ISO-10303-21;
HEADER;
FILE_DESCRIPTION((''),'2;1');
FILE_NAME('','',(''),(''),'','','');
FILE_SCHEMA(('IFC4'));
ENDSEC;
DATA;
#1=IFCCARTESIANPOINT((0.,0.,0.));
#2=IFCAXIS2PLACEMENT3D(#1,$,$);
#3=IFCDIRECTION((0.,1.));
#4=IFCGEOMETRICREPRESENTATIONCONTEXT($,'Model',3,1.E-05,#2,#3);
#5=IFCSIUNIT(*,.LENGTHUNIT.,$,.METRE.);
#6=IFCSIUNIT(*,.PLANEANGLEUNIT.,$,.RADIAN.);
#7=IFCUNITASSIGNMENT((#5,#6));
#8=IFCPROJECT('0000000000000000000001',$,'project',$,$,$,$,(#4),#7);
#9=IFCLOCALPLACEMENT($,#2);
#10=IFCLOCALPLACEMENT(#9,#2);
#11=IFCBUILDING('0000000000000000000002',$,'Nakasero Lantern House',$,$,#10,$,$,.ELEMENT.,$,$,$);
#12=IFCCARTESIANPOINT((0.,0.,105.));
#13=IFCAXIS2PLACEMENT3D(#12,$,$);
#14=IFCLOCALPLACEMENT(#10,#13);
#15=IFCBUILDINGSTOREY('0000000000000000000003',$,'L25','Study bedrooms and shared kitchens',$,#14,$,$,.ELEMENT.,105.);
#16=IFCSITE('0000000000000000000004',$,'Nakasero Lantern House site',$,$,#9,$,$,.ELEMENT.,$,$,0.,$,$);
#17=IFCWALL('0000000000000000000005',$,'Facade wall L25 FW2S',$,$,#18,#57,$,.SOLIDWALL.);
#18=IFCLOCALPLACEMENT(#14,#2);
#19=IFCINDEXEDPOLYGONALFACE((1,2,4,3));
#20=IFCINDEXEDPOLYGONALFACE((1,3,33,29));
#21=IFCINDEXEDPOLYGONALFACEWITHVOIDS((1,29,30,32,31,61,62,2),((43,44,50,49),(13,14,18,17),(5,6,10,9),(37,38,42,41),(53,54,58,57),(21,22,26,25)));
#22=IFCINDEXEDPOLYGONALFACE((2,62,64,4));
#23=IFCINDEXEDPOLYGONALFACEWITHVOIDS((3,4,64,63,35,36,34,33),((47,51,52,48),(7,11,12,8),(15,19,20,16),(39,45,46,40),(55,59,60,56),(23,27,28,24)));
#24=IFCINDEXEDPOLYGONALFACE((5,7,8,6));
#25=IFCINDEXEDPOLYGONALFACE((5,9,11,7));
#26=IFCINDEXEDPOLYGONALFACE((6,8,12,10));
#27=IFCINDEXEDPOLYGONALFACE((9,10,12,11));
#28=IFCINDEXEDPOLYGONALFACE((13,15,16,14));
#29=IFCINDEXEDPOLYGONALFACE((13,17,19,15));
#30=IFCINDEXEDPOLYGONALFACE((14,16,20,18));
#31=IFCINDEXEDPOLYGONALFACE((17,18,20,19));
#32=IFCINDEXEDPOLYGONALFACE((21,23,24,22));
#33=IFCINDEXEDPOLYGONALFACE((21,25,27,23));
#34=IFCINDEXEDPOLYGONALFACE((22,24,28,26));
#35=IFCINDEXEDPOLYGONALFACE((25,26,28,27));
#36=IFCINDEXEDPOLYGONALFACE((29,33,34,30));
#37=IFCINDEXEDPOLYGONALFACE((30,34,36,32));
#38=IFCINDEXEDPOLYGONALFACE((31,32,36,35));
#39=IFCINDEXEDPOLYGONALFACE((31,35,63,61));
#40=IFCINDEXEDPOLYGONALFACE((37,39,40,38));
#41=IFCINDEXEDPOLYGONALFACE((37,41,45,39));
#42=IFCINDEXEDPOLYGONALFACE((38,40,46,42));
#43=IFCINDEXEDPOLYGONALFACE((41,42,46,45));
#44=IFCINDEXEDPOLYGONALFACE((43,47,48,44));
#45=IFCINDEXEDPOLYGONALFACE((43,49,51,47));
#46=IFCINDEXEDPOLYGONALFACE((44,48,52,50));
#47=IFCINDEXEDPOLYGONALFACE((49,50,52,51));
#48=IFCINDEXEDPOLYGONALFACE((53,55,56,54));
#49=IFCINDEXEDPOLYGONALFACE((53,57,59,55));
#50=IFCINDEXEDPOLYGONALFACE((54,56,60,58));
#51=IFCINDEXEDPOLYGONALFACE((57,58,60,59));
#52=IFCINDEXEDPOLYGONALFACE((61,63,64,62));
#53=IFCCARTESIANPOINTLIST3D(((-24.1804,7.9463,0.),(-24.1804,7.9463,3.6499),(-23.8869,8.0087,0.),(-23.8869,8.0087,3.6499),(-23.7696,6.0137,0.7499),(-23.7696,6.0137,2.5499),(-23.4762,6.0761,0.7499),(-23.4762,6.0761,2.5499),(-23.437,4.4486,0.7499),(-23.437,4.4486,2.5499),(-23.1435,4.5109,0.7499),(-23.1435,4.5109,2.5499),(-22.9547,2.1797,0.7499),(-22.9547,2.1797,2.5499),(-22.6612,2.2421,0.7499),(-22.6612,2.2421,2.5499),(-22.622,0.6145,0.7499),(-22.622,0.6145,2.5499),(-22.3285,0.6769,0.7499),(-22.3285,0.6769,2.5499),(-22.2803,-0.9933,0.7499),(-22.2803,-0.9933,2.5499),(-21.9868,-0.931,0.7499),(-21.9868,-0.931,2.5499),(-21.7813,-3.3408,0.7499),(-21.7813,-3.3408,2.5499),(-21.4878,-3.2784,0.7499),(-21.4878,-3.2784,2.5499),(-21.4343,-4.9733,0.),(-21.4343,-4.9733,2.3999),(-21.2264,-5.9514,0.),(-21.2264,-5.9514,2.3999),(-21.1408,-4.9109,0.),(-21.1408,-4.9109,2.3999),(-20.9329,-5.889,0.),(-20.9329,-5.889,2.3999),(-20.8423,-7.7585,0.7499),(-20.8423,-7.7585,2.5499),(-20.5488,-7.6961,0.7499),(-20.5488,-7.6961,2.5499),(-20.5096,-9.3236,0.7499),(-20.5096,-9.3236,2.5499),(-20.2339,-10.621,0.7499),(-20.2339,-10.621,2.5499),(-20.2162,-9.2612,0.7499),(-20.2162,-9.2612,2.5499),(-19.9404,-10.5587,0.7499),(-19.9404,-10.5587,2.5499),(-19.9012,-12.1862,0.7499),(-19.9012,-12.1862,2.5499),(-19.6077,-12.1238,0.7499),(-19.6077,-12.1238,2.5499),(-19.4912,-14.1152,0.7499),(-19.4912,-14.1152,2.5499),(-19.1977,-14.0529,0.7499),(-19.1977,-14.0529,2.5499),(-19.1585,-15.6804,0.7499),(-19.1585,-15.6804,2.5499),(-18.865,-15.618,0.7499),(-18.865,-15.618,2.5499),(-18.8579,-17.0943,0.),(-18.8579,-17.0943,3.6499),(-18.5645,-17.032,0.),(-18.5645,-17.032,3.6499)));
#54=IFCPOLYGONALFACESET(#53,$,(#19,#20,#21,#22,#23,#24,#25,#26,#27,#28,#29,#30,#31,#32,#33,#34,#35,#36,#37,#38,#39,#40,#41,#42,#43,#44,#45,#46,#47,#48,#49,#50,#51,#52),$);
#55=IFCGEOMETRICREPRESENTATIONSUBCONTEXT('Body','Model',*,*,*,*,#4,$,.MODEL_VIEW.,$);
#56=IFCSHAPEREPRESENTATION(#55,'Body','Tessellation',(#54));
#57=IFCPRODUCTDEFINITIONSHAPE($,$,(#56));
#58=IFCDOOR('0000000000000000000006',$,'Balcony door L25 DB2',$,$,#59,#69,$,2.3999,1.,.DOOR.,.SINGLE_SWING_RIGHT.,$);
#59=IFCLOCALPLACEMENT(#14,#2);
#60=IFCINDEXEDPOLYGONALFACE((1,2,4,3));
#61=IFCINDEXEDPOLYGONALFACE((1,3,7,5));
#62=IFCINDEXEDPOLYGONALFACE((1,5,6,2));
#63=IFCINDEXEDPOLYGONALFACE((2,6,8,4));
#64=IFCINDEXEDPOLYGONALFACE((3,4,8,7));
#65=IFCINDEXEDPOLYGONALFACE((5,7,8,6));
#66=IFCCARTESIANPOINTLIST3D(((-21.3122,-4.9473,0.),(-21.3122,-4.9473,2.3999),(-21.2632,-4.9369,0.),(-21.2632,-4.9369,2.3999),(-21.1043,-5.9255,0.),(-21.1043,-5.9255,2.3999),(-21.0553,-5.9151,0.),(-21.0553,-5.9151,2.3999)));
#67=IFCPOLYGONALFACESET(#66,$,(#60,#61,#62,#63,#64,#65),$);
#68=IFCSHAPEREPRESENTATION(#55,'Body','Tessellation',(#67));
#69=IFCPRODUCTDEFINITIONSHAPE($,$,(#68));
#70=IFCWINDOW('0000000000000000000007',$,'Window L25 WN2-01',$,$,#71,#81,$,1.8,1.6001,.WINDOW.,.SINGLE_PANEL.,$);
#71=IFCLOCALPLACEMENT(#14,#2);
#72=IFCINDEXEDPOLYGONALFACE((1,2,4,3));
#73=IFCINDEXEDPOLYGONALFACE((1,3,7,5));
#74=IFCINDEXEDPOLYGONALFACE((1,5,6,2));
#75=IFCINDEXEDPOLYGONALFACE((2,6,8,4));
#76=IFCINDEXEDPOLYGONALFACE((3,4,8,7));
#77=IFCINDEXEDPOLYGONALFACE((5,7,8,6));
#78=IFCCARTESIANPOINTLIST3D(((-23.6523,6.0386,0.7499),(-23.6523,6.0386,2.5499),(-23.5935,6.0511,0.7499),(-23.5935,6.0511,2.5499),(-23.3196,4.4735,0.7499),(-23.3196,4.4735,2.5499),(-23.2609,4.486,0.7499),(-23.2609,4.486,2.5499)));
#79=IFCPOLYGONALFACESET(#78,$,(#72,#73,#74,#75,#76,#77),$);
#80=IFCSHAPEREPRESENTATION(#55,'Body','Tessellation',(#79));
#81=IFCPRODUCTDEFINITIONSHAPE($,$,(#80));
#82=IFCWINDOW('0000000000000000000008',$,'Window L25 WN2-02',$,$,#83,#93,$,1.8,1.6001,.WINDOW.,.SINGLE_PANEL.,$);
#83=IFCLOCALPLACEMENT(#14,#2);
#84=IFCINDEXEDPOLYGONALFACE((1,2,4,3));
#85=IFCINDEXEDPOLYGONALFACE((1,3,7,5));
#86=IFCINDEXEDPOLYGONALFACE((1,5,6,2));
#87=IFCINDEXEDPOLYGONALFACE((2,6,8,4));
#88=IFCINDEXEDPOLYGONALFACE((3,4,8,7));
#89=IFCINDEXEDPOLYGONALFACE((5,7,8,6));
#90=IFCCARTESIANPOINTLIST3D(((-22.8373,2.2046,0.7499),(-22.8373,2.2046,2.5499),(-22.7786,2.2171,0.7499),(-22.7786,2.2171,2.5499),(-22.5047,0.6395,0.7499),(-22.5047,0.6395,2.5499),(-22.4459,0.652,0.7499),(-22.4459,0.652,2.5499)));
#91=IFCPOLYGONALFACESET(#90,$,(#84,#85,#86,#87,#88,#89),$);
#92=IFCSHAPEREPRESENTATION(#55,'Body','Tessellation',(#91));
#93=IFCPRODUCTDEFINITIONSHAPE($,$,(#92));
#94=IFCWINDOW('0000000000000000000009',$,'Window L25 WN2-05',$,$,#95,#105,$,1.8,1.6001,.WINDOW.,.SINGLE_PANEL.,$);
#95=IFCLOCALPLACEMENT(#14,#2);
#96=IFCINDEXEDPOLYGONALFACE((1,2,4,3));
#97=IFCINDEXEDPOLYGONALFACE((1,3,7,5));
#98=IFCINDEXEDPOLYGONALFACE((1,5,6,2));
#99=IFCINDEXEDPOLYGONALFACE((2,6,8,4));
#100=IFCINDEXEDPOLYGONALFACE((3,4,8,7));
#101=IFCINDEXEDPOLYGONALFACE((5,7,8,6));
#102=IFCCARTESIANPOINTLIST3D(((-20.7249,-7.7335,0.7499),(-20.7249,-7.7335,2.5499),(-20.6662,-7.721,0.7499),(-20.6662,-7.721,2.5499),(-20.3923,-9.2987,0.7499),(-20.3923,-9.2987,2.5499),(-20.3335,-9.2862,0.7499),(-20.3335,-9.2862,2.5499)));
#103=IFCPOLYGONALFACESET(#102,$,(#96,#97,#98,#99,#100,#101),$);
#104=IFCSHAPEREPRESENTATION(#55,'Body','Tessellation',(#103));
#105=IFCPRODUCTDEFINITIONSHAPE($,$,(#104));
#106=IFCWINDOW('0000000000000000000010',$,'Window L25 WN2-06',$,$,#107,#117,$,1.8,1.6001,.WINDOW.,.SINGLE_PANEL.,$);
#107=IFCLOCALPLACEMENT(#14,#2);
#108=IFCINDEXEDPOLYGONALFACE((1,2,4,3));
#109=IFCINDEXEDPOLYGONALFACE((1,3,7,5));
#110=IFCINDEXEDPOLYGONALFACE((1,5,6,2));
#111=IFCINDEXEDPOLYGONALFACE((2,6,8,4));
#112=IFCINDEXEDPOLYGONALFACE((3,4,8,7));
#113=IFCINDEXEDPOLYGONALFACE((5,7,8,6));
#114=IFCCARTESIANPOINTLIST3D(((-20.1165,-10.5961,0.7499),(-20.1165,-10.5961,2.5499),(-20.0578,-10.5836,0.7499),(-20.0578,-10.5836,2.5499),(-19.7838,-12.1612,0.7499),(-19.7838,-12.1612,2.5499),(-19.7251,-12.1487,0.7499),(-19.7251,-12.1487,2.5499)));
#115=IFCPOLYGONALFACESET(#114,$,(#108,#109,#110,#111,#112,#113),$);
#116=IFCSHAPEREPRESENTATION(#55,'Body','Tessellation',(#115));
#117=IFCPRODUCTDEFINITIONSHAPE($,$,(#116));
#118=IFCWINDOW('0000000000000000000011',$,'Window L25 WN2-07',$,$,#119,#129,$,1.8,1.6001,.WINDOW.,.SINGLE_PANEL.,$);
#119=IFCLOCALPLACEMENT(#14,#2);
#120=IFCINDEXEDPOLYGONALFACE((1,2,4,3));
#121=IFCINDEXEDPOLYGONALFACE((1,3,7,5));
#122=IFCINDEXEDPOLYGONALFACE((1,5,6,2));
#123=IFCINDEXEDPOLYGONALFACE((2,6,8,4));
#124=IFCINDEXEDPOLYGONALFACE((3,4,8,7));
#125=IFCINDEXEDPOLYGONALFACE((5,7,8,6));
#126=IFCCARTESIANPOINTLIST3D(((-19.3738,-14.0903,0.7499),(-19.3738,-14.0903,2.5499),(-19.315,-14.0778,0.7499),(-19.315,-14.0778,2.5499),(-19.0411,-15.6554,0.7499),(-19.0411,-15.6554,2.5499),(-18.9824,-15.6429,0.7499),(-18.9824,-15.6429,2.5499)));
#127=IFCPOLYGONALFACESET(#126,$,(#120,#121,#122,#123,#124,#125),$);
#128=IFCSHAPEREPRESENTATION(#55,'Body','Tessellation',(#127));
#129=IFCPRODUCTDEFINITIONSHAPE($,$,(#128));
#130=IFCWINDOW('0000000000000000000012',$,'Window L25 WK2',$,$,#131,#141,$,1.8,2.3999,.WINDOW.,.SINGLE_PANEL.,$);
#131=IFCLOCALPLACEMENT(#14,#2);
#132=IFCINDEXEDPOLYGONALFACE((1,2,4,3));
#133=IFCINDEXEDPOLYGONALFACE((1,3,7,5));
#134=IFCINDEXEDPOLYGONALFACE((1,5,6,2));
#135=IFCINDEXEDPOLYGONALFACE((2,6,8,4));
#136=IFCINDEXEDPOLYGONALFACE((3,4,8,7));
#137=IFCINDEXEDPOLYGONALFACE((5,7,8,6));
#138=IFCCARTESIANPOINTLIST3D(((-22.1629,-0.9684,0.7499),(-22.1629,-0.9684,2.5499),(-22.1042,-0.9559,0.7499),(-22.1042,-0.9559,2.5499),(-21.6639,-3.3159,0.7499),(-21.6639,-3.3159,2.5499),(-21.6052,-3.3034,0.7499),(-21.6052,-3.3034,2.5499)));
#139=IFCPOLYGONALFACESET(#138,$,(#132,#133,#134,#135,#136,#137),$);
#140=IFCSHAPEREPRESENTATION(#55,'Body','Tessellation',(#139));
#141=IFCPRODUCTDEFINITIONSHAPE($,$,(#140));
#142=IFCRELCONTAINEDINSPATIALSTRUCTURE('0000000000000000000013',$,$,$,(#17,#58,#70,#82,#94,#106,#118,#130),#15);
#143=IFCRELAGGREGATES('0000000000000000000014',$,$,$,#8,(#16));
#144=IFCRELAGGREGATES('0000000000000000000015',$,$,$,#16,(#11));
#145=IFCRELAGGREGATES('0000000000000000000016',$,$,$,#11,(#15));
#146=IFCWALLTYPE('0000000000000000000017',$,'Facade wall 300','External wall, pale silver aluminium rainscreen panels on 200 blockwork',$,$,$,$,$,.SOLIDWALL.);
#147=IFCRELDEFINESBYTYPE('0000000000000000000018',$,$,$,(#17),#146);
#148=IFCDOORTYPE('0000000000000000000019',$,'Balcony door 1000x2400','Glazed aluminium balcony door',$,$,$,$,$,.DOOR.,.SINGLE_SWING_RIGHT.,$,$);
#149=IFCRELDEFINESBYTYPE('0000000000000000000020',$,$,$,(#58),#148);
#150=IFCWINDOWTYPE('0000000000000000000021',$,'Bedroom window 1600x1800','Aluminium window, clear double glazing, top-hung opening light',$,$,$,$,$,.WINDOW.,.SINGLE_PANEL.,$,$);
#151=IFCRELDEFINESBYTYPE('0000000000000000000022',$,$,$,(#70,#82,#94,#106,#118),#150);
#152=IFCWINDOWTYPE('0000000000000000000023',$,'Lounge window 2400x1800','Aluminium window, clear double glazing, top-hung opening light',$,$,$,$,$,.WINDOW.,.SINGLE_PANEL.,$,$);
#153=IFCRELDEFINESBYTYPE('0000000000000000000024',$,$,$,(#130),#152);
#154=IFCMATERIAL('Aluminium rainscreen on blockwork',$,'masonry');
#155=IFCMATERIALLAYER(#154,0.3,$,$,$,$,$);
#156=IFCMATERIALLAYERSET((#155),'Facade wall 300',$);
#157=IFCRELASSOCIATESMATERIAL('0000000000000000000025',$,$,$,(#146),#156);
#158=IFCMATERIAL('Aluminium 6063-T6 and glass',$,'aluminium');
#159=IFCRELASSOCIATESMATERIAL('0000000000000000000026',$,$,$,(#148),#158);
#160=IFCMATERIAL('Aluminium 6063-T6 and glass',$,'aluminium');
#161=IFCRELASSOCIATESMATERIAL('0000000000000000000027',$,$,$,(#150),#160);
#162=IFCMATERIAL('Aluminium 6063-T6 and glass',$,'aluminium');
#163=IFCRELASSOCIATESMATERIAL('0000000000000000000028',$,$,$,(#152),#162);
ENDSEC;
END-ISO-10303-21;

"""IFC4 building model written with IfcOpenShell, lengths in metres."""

from ifc_helpers import new_model, si_unit, direction, frame, frame_2d, origin, place, context, subcontext, project, spatial, rectangle, extrude, material, layer, layer_set, type_object, element, fill, save


model = new_model("IFC4")

# Units and contexts
model_context = context("Model", 3, precision=1e-05, world=origin(), true_north=direction((0.0, 1.0)))
body_context = subcontext(model_context, "Body", "Model", "MODEL_VIEW")
ifc_project = project(units=[si_unit("LENGTHUNIT", "METRE"), si_unit("PLANEANGLEUNIT", "RADIAN")], contexts=[model_context])

# Site, building, storey
site_placement = place(None, origin())
site = spatial("IfcSite", under=ifc_project, at=site_placement, Name="Nakasero Lantern House site", CompositionType="ELEMENT", RefElevation=0.0)
building_placement = place(site_placement, origin())
building = spatial("IfcBuilding", under=site, at=building_placement, Name="Nakasero Lantern House", CompositionType="ELEMENT")
storey_placement = place(building_placement, frame((0.0, 0.0, 105.0)))
storey = spatial("IfcBuildingStorey", under=building, at=storey_placement, Name="L25", Description="Study bedrooms and shared kitchens", CompositionType="ELEMENT", Elevation=105.0)

# Wall, openings, door, windows
ifc_material_1 = material(Name="Aluminium rainscreen on blockwork", Category="masonry")
ifc_layer_1 = layer(ifc_material_1, 0.3)
ifc_layer_set_1 = layer_set([ifc_layer_1], Name="Facade wall 300")
wall_type_1 = type_object("IfcWallType", Name="Facade wall 300", Description="External wall, pale silver aluminium rainscreen panels on 200 blockwork", PredefinedType="SOLIDWALL", material=ifc_layer_set_1)
wall_1_placement = place(storey_placement, frame((-24.0337, 7.9775, 0.0), z_axis=(0.0, 0.0, 1.0), x_axis=(0.207909, -0.978148, 0.0)))
wall_1 = element("IfcWall", 1, at=wall_1_placement, inside=storey, type_object=wall_type_1, Name="Facade wall L25 FW2S", PredefinedType="SOLIDWALL", context=body_context, shape_type="SweptSolid", body=[
    extrude(rectangle(XDim=25.6001, YDim=0.3, at=frame_2d((12.8, 0.0))), origin(), (0.0, 0.0, 1.0), 3.6499),
])
opening_1_placement = place(wall_1_placement, frame((1.9758, 0.0, 0.75)))
opening_1 = element("IfcOpeningElement", 2, at=opening_1_placement, cuts=wall_1, PredefinedType="OPENING", context=body_context, shape_type="SweptSolid", body=[
    extrude(rectangle(XDim=1.6001, YDim=1.8, at=frame_2d((0.8, 0.8999))), frame((0.0, 0.1699, 0.0), z_axis=(0.0, -1.0, 0.0), x_axis=(1.0, 0.0, 0.0)), (0.0, 0.0, 1.0), 0.3401),
])
opening_2_placement = place(wall_1_placement, frame((5.8955, 0.0, 0.75)))
opening_2 = element("IfcOpeningElement", 3, at=opening_2_placement, cuts=wall_1, PredefinedType="OPENING", context=body_context, shape_type="SweptSolid", body=[
    extrude(rectangle(XDim=1.6001, YDim=1.8, at=frame_2d((0.8, 0.8999))), frame((0.0, 0.1699, 0.0), z_axis=(0.0, -1.0, 0.0), x_axis=(1.0, 0.0, 0.0)), (0.0, 0.0, 1.0), 0.3401),
])
opening_3_placement = place(wall_1_placement, frame((16.0557, 0.0, 0.75)))
opening_3 = element("IfcOpeningElement", 4, at=opening_3_placement, cuts=wall_1, PredefinedType="OPENING", context=body_context, shape_type="SweptSolid", body=[
    extrude(rectangle(XDim=1.6001, YDim=1.8, at=frame_2d((0.8, 0.8999))), frame((0.0, 0.1699, 0.0), z_axis=(0.0, -1.0, 0.0), x_axis=(1.0, 0.0, 0.0)), (0.0, 0.0, 1.0), 0.3401),
])
opening_4_placement = place(wall_1_placement, frame((18.9822, 0.0, 0.75)))
opening_4 = element("IfcOpeningElement", 5, at=opening_4_placement, cuts=wall_1, PredefinedType="OPENING", context=body_context, shape_type="SweptSolid", body=[
    extrude(rectangle(XDim=1.6001, YDim=1.8, at=frame_2d((0.8, 0.8999))), frame((0.0, 0.1699, 0.0), z_axis=(0.0, -1.0, 0.0), x_axis=(1.0, 0.0, 0.0)), (0.0, 0.0, 1.0), 0.3401),
])
opening_5_placement = place(wall_1_placement, frame((22.5544, 0.0, 0.75)))
opening_5 = element("IfcOpeningElement", 6, at=opening_5_placement, cuts=wall_1, PredefinedType="OPENING", context=body_context, shape_type="SweptSolid", body=[
    extrude(rectangle(XDim=1.6001, YDim=1.8, at=frame_2d((0.8, 0.8999))), frame((0.0, 0.1699, 0.0), z_axis=(0.0, -1.0, 0.0), x_axis=(1.0, 0.0, 0.0)), (0.0, 0.0, 1.0), 0.3401),
])
opening_6_placement = place(wall_1_placement, frame((9.1394, 0.0, 0.75)))
opening_6 = element("IfcOpeningElement", 7, at=opening_6_placement, cuts=wall_1, PredefinedType="OPENING", context=body_context, shape_type="SweptSolid", body=[
    extrude(rectangle(XDim=2.3999, YDim=1.8, at=frame_2d((1.2, 0.8999))), frame((0.0, 0.1699, 0.0), z_axis=(0.0, -1.0, 0.0), x_axis=(1.0, 0.0, 0.0)), (0.0, 0.0, 1.0), 0.3401),
])
opening_7_placement = place(wall_1_placement, frame((13.2083, 0.0, 0.0)))
opening_7 = element("IfcOpeningElement", 8, at=opening_7_placement, cuts=wall_1, PredefinedType="OPENING", context=body_context, shape_type="SweptSolid", body=[
    extrude(rectangle(XDim=1.0, YDim=2.3999, at=frame_2d((0.5, 1.2))), frame((0.0, 0.1699, 0.0), z_axis=(0.0, -1.0, 0.0), x_axis=(1.0, 0.0, 0.0)), (0.0, 0.0, 1.0), 0.3401),
])
ifc_material_2 = material(Name="Aluminium 6063-T6 and glass", Category="aluminium")
door_type_1 = type_object("IfcDoorType", Name="Balcony door 1000x2400", Description="Glazed aluminium balcony door", OperationType="SINGLE_SWING_RIGHT", PredefinedType="DOOR", material=ifc_material_2)
door_1_placement = place(opening_7_placement, origin())
door_1 = element("IfcDoor", 9, at=door_1_placement, inside=storey, type_object=door_type_1, Name="Balcony door L25 DB2", OperationType="SINGLE_SWING_RIGHT", OverallHeight=2.3999, OverallWidth=1.0, PredefinedType="DOOR", context=body_context, shape_type="SweptSolid", body=[
    extrude(rectangle(XDim=1.0, YDim=2.3999, at=frame_2d((0.5, 1.2))), frame((0.0, 0.0249, 0.0), z_axis=(0.0, -1.0, 0.0), x_axis=(1.0, 0.0, 0.0)), (0.0, 0.0, 1.0), 0.05),
])
fill(opening_7, door_1)
ifc_material_3 = material(Name="Aluminium 6063-T6 and glass", Category="aluminium")
window_type_1 = type_object("IfcWindowType", Name="Bedroom window 1600x1800", Description="Aluminium window, clear double glazing, top-hung opening light", PartitioningType="SINGLE_PANEL", PredefinedType="WINDOW", material=ifc_material_3)
window_1_placement = place(opening_1_placement, origin())
window_1 = element("IfcWindow", 10, at=window_1_placement, inside=storey, type_object=window_type_1, Name="Window L25 WN2-01", OverallHeight=1.8, OverallWidth=1.6001, PartitioningType="SINGLE_PANEL", PredefinedType="WINDOW", context=body_context, shape_type="SweptSolid", body=[
    extrude(rectangle(XDim=1.6001, YDim=1.8, at=frame_2d((0.8, 0.8999))), frame((0.0, 0.03, 0.0), z_axis=(0.0, -1.0, 0.0), x_axis=(1.0, 0.0, 0.0)), (0.0, 0.0, 1.0), 0.0601),
])
fill(opening_1, window_1)
window_2_placement = place(opening_2_placement, origin())
window_2 = element("IfcWindow", 11, at=window_2_placement, inside=storey, type_object=window_type_1, Name="Window L25 WN2-02", OverallHeight=1.8, OverallWidth=1.6001, PartitioningType="SINGLE_PANEL", PredefinedType="WINDOW", context=body_context, shape_type="SweptSolid", body=[
    extrude(rectangle(XDim=1.6001, YDim=1.8, at=frame_2d((0.8, 0.8999))), frame((0.0, 0.03, 0.0), z_axis=(0.0, -1.0, 0.0), x_axis=(1.0, 0.0, 0.0)), (0.0, 0.0, 1.0), 0.0601),
])
fill(opening_2, window_2)
window_3_placement = place(opening_3_placement, origin())
window_3 = element("IfcWindow", 12, at=window_3_placement, inside=storey, type_object=window_type_1, Name="Window L25 WN2-05", OverallHeight=1.8, OverallWidth=1.6001, PartitioningType="SINGLE_PANEL", PredefinedType="WINDOW", context=body_context, shape_type="SweptSolid", body=[
    extrude(rectangle(XDim=1.6001, YDim=1.8, at=frame_2d((0.8, 0.8999))), frame((0.0, 0.03, 0.0), z_axis=(0.0, -1.0, 0.0), x_axis=(1.0, 0.0, 0.0)), (0.0, 0.0, 1.0), 0.0601),
])
fill(opening_3, window_3)
window_4_placement = place(opening_4_placement, origin())
window_4 = element("IfcWindow", 13, at=window_4_placement, inside=storey, type_object=window_type_1, Name="Window L25 WN2-06", OverallHeight=1.8, OverallWidth=1.6001, PartitioningType="SINGLE_PANEL", PredefinedType="WINDOW", context=body_context, shape_type="SweptSolid", body=[
    extrude(rectangle(XDim=1.6001, YDim=1.8, at=frame_2d((0.8, 0.8999))), frame((0.0, 0.03, 0.0), z_axis=(0.0, -1.0, 0.0), x_axis=(1.0, 0.0, 0.0)), (0.0, 0.0, 1.0), 0.0601),
])
fill(opening_4, window_4)
window_5_placement = place(opening_5_placement, origin())
window_5 = element("IfcWindow", 14, at=window_5_placement, inside=storey, type_object=window_type_1, Name="Window L25 WN2-07", OverallHeight=1.8, OverallWidth=1.6001, PartitioningType="SINGLE_PANEL", PredefinedType="WINDOW", context=body_context, shape_type="SweptSolid", body=[
    extrude(rectangle(XDim=1.6001, YDim=1.8, at=frame_2d((0.8, 0.8999))), frame((0.0, 0.03, 0.0), z_axis=(0.0, -1.0, 0.0), x_axis=(1.0, 0.0, 0.0)), (0.0, 0.0, 1.0), 0.0601),
])
fill(opening_5, window_5)
ifc_material_4 = material(Name="Aluminium 6063-T6 and glass", Category="aluminium")
window_type_2 = type_object("IfcWindowType", Name="Lounge window 2400x1800", Description="Aluminium window, clear double glazing, top-hung opening light", PartitioningType="SINGLE_PANEL", PredefinedType="WINDOW", material=ifc_material_4)
window_6_placement = place(opening_6_placement, origin())
window_6 = element("IfcWindow", 15, at=window_6_placement, inside=storey, type_object=window_type_2, Name="Window L25 WK2", OverallHeight=1.8, OverallWidth=2.3999, PartitioningType="SINGLE_PANEL", PredefinedType="WINDOW", context=body_context, shape_type="SweptSolid", body=[
    extrude(rectangle(XDim=2.3999, YDim=1.8, at=frame_2d((1.2, 0.8999))), frame((0.0, 0.03, 0.0), z_axis=(0.0, -1.0, 0.0), x_axis=(1.0, 0.0, 0.0)), (0.0, 0.0, 1.0), 0.0601),
])
fill(opening_6, window_6)

save(model, "model.ifc")
